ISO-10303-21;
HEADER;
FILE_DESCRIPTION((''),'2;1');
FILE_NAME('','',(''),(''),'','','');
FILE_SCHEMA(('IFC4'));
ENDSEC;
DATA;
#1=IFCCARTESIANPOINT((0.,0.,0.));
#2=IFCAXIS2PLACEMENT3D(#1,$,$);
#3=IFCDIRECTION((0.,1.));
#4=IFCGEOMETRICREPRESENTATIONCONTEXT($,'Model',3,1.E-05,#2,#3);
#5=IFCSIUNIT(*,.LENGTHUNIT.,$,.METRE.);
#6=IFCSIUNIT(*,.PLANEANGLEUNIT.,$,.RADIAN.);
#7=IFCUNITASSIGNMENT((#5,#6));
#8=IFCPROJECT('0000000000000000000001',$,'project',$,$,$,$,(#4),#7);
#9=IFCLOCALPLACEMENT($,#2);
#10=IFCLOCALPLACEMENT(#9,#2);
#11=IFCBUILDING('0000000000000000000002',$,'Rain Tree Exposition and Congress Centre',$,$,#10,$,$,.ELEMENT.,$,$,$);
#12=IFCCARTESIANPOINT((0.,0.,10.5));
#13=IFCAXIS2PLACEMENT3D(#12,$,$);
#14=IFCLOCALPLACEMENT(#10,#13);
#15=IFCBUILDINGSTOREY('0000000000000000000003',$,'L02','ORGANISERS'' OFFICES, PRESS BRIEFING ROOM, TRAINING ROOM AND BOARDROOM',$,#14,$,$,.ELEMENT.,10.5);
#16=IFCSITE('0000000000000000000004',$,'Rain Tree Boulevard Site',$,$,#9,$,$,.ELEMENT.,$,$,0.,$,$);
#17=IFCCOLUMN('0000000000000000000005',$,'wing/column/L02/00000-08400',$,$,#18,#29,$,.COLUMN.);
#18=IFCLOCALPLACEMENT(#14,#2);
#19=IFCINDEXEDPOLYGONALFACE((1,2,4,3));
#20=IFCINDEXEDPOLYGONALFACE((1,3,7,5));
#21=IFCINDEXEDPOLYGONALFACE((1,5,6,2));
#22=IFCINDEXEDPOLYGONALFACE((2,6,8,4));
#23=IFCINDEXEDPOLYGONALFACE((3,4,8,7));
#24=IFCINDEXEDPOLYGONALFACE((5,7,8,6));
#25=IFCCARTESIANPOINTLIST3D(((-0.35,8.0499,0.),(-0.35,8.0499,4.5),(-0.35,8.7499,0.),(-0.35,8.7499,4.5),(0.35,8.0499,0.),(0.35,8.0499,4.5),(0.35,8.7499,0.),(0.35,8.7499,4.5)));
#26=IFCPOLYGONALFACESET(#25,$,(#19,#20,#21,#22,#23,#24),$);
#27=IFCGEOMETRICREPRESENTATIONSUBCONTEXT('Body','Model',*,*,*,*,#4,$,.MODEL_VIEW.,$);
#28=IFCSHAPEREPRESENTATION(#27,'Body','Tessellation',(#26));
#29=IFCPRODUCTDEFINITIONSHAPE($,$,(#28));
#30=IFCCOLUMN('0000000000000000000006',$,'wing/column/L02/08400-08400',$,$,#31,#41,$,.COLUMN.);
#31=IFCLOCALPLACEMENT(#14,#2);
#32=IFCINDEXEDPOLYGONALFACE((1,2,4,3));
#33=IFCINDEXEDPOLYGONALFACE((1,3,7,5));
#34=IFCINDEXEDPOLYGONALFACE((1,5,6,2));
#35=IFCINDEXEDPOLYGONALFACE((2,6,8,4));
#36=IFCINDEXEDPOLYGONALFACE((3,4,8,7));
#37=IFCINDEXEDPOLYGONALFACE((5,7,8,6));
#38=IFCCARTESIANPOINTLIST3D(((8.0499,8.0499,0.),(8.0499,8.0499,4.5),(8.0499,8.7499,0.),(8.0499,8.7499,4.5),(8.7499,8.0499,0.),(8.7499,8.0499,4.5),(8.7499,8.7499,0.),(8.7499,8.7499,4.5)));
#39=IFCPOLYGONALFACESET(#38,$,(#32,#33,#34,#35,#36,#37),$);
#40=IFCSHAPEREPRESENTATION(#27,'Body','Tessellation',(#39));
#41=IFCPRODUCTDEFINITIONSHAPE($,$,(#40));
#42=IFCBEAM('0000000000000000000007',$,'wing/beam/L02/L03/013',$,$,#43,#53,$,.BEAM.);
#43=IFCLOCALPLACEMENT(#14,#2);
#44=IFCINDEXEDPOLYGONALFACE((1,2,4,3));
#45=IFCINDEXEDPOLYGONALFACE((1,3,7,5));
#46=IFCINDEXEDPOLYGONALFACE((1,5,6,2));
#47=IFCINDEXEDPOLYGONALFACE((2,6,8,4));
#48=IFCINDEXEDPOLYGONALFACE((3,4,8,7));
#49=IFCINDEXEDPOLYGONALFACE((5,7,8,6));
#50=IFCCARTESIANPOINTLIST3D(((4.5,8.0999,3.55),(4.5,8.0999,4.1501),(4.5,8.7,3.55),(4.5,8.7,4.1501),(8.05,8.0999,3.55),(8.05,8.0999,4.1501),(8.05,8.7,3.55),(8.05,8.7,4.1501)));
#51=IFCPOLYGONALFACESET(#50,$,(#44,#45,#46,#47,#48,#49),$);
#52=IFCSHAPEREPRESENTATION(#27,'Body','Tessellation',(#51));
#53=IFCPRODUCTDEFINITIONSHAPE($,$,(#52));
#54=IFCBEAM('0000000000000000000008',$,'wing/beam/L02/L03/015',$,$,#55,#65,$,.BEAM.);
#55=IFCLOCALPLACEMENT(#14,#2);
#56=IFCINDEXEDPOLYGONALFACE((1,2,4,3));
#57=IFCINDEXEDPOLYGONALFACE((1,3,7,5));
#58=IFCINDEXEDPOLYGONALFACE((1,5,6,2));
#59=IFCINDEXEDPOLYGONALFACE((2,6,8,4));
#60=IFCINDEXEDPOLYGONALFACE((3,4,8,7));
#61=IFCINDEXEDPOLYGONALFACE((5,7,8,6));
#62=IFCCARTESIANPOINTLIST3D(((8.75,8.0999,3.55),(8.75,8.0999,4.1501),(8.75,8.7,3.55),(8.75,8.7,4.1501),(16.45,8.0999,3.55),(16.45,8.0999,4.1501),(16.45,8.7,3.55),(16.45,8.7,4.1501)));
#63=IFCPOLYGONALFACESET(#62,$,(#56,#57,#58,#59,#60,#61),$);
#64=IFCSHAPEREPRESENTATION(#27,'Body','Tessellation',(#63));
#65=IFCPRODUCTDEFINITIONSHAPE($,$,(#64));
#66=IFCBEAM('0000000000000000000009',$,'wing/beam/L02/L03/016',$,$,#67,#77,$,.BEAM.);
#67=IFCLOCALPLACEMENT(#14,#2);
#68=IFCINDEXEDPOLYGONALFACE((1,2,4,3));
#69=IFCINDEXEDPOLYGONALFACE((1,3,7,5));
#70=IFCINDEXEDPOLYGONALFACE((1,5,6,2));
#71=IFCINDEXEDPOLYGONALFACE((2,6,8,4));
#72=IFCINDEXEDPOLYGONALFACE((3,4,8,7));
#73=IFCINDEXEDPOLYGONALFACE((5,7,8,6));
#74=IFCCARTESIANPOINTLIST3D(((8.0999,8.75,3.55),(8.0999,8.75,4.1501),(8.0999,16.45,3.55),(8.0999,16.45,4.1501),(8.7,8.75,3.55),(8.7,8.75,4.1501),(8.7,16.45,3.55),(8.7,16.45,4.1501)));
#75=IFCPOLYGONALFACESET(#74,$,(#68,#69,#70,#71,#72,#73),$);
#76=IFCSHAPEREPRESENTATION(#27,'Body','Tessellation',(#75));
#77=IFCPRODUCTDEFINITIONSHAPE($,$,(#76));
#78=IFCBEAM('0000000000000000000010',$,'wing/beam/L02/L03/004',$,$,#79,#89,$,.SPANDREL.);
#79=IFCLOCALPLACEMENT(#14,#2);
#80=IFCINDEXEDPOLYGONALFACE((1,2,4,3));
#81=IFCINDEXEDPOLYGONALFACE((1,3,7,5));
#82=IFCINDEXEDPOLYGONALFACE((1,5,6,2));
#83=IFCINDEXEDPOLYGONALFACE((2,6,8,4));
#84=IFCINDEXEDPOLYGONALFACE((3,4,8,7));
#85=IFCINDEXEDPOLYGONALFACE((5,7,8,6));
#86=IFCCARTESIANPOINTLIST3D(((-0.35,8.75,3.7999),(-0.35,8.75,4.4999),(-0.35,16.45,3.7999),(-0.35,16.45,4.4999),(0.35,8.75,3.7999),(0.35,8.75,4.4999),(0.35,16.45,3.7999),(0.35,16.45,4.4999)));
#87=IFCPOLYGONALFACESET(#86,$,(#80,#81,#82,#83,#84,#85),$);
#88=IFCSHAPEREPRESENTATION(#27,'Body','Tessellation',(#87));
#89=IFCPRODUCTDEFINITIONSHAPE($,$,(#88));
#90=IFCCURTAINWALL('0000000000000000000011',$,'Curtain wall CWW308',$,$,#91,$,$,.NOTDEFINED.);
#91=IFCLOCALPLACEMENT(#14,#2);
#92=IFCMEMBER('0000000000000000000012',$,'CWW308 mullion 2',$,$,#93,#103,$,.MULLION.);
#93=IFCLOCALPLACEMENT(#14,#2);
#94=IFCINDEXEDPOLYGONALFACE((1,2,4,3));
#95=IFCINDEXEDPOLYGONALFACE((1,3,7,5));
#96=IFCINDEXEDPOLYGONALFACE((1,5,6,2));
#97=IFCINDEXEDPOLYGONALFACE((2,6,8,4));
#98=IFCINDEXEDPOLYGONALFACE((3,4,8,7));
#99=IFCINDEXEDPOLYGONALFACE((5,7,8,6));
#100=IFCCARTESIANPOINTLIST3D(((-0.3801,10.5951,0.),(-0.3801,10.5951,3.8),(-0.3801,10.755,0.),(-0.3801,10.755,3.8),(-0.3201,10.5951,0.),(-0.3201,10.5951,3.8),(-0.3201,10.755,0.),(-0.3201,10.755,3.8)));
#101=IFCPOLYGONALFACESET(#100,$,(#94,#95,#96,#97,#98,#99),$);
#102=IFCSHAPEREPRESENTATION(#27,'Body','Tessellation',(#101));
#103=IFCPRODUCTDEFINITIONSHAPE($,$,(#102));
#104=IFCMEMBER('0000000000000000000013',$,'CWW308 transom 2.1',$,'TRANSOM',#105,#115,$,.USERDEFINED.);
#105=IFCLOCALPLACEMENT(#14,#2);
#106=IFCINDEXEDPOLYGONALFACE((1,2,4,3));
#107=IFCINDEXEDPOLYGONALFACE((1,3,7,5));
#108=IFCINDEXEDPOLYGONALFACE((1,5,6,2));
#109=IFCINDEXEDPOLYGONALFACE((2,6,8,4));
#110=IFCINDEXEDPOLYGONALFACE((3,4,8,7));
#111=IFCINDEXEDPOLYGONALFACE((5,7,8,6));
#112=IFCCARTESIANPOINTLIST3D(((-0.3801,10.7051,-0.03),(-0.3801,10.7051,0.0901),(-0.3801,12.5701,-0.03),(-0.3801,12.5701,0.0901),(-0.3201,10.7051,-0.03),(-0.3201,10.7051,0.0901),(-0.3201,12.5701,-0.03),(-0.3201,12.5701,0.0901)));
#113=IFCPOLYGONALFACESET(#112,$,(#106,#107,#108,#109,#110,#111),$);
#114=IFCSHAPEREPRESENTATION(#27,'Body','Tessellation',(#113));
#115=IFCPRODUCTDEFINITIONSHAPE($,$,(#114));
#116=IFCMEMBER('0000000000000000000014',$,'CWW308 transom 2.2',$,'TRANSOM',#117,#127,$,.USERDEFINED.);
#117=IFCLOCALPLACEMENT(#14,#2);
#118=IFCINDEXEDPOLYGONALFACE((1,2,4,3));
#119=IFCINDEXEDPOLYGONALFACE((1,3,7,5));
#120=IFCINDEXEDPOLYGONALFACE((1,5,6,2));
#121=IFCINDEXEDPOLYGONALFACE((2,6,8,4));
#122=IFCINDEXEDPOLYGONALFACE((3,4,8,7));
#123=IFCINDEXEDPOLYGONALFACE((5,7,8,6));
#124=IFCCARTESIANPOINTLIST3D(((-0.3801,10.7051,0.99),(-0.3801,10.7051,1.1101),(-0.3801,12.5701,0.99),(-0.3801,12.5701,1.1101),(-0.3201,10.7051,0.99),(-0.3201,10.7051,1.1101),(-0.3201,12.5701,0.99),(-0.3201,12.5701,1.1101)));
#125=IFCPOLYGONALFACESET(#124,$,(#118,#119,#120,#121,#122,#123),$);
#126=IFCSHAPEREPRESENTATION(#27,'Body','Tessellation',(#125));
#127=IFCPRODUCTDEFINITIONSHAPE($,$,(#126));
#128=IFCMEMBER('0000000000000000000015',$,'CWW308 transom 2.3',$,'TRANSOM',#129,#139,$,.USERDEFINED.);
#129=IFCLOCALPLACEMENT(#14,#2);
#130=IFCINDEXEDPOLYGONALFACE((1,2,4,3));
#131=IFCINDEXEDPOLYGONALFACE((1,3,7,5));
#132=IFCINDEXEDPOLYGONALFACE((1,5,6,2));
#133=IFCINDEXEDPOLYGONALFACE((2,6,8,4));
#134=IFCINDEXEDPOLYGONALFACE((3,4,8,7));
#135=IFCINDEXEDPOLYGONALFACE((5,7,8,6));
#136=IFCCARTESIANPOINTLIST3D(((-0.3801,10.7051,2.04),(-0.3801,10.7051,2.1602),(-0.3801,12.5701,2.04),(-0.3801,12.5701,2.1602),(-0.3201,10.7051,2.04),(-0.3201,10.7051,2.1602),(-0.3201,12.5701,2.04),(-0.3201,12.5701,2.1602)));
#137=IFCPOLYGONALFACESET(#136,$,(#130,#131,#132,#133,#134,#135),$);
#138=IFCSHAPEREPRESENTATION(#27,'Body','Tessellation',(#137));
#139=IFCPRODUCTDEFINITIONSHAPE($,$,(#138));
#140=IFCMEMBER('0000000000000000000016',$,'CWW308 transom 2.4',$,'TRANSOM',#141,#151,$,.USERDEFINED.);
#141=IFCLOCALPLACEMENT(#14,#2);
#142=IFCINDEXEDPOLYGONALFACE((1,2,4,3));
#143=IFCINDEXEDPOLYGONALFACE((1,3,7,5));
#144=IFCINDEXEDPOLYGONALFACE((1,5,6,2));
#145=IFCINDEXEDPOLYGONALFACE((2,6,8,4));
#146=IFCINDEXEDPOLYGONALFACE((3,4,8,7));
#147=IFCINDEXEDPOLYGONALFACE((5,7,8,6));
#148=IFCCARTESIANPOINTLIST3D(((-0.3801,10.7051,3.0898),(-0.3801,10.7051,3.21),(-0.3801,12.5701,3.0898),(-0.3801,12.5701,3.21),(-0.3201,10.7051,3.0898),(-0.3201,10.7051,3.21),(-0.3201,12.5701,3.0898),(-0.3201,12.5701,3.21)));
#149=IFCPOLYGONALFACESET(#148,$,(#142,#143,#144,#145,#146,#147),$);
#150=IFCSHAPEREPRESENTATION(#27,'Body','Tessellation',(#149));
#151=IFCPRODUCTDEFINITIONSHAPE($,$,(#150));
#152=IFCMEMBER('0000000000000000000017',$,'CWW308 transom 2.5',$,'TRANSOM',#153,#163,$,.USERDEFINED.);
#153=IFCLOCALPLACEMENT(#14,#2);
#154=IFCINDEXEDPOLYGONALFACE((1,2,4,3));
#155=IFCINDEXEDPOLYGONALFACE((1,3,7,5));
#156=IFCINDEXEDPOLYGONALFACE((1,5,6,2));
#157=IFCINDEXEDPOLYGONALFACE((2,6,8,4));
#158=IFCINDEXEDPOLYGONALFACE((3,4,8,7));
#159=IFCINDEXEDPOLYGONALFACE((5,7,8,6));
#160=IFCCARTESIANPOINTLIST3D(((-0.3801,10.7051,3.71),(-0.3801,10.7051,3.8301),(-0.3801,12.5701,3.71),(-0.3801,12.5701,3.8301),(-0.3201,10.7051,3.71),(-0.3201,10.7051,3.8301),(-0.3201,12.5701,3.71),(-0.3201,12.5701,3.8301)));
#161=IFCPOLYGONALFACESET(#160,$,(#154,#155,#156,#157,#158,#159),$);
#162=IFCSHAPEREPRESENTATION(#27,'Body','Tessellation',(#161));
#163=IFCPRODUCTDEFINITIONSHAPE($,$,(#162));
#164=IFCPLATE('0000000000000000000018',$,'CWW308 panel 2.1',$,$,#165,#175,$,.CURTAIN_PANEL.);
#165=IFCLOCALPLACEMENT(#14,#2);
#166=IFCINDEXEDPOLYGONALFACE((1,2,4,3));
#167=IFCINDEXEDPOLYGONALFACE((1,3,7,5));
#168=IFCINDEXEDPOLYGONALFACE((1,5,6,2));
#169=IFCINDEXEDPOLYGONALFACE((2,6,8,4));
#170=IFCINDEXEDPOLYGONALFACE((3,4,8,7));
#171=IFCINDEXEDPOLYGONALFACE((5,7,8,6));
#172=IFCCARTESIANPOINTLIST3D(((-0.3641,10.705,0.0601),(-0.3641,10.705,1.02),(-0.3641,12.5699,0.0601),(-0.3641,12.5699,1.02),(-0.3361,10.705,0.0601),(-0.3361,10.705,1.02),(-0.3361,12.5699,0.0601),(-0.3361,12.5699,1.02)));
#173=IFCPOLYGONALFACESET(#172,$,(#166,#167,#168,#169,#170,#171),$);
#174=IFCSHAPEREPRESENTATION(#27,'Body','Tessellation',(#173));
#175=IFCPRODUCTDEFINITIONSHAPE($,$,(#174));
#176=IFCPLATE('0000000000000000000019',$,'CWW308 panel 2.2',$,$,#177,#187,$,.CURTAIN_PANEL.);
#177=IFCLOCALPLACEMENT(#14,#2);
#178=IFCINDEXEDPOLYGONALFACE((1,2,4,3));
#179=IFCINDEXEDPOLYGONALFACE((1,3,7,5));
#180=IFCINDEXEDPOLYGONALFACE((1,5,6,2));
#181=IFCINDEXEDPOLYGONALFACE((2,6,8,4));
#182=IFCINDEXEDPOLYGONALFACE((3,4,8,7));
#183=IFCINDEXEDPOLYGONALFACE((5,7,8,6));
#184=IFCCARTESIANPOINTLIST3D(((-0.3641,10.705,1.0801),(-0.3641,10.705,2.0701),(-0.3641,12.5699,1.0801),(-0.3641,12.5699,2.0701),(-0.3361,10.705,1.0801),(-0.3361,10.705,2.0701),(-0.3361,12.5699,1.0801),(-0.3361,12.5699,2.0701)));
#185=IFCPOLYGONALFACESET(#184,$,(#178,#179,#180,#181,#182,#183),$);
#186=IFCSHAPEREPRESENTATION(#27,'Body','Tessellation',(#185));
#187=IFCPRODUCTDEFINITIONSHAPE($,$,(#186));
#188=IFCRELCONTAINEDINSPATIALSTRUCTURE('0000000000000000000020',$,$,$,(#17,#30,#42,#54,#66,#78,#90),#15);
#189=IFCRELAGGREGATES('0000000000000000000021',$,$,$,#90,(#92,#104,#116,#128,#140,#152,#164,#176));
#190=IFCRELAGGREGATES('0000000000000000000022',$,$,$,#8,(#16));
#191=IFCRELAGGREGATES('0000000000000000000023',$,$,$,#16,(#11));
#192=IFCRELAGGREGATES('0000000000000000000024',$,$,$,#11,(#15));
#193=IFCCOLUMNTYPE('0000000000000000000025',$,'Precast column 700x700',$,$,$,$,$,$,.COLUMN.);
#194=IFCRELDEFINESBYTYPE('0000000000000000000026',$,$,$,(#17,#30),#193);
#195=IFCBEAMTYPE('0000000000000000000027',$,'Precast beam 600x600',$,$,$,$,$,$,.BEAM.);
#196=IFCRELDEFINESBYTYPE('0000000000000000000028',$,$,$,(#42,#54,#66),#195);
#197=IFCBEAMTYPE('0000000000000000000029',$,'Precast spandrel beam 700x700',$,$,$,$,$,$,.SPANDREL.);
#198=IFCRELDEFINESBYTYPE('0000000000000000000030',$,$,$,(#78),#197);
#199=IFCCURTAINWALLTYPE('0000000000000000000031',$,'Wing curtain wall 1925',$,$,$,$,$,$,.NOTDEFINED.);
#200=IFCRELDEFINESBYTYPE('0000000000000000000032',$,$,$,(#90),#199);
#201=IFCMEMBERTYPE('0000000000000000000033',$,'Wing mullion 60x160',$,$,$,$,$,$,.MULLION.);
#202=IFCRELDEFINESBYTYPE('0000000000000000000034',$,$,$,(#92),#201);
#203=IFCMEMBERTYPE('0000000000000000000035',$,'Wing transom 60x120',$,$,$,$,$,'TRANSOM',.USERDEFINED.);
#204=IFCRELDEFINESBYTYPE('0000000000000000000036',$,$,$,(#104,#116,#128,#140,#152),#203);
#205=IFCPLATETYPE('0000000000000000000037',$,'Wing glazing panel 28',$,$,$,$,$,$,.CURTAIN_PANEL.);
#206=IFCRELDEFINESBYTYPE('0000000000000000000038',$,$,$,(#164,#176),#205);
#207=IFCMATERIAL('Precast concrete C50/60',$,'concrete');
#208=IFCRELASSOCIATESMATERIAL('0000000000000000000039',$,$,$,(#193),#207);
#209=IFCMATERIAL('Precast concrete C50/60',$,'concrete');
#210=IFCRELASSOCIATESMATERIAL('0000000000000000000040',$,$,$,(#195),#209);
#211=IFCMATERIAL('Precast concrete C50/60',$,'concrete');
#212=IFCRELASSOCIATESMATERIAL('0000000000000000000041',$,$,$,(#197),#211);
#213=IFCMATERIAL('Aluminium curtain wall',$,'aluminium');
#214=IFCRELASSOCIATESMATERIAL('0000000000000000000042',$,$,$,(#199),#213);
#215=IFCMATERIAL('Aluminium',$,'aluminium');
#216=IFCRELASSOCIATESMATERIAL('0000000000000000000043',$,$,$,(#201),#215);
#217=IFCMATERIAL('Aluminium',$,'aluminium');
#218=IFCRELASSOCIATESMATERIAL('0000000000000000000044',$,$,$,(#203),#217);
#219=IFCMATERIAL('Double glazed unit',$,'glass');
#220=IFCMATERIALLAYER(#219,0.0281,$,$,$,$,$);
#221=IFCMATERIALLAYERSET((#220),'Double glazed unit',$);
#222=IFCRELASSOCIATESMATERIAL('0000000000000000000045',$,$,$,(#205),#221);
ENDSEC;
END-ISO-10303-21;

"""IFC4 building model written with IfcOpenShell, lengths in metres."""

from ifc_helpers import new_model, si_unit, direction, frame, origin, origin_2d, place, context, subcontext, project, spatial, rectangle, extrude, material, layer, layer_set, material_profile, profile_set, type_object, element, aggregate, save


model = new_model("IFC4")

# Units and contexts
model_context = context("Model", 3, precision=1e-05, world=origin(), true_north=direction((0.0, 1.0)))
body_context = subcontext(model_context, "Body", "Model", "MODEL_VIEW")
ifc_project = project(units=[si_unit("LENGTHUNIT", "METRE"), si_unit("PLANEANGLEUNIT", "RADIAN")], contexts=[model_context])

# Site, building, storey
site_placement = place(None, origin())
site = spatial("IfcSite", under=ifc_project, at=site_placement, Name="Rain Tree Boulevard Site", CompositionType="ELEMENT", RefElevation=0.0)
building_placement = place(site_placement, origin())
building = spatial("IfcBuilding", under=site, at=building_placement, Name="Rain Tree Exposition and Congress Centre", CompositionType="ELEMENT")
storey_placement = place(building_placement, frame((0.0, 0.0, 10.5)))
storey = spatial("IfcBuildingStorey", under=building, at=storey_placement, Name="L02", Description="ORGANISERS' OFFICES, PRESS BRIEFING ROOM, TRAINING ROOM AND BOARDROOM", CompositionType="ELEMENT", Elevation=10.5)

# Columns
ifc_material_1 = material(Name="Precast concrete C50/60", Category="concrete")
ifc_material_profile_1 = material_profile(ifc_material_1, rectangle(XDim=0.7, YDim=0.7, at=origin_2d()), Name="RC 700x700")
ifc_profile_set_1 = profile_set([ifc_material_profile_1], Name="Precast concrete C50/60")
column_type = type_object("IfcColumnType", Name="Precast column 700x700", PredefinedType="COLUMN", material=ifc_profile_set_1)
for number, where, z_axis, x_axis, name in (
    (1, (0.0, 8.3999, 0.0), (0.0, 0.0, 1.0), (1.0, 0.0, 0.0), "wing/column/L02/00000-08400"),
    (2, (8.3999, 8.3999, 0.0), (0.0, 0.0, 1.0), (1.0, 0.0, 0.0), "wing/column/L02/08400-08400"),
):
    element("IfcColumn", number, at=place(storey_placement, frame(where, z_axis=z_axis, x_axis=x_axis)), inside=storey, type_object=column_type, Name=name, PredefinedType="COLUMN", context=body_context, shape_type="SweptSolid", body=[
        extrude(rectangle(XDim=0.7, YDim=0.7, at=origin_2d()), origin(), (0.0, 0.0, 1.0), 4.5),
    ])

# Beams
ifc_material_2 = material(Name="Precast concrete C50/60", Category="concrete")
ifc_material_profile_2 = material_profile(ifc_material_2, rectangle(XDim=0.6001, YDim=0.6001, at=origin_2d()), Name="RC 600x600")
ifc_profile_set_2 = profile_set([ifc_material_profile_2], Name="Precast concrete C50/60")
beam_type_1 = type_object("IfcBeamType", Name="Precast beam 600x600", PredefinedType="BEAM", material=ifc_profile_set_2)
beam_1_placement = place(storey_placement, frame((4.5, 8.3999, 3.8501), z_axis=(1.0, 0.0, 0.0), x_axis=(0.0, 1.0, 0.0)))
element("IfcBeam", 3, at=beam_1_placement, inside=storey, type_object=beam_type_1, Name="wing/beam/L02/L03/013", PredefinedType="BEAM", context=body_context, shape_type="SweptSolid", body=[
    extrude(rectangle(XDim=0.6001, YDim=0.6001, at=origin_2d()), origin(), (0.0, 0.0, 1.0), 3.55),
])
for number, where, z_axis, x_axis, name in (
    (4, (8.75, 8.3999, 3.8501), (1.0, 0.0, 0.0), (0.0, 1.0, 0.0), "wing/beam/L02/L03/015"),
    (5, (8.3999, 8.75, 3.8501), (0.0, 1.0, 0.0), (-1.0, 0.0, 0.0), "wing/beam/L02/L03/016"),
):
    element("IfcBeam", number, at=place(storey_placement, frame(where, z_axis=z_axis, x_axis=x_axis)), inside=storey, type_object=beam_type_1, Name=name, PredefinedType="BEAM", context=body_context, shape_type="SweptSolid", body=[
        extrude(rectangle(XDim=0.6001, YDim=0.6001, at=origin_2d()), origin(), (0.0, 0.0, 1.0), 7.7),
    ])
ifc_material_3 = material(Name="Precast concrete C50/60", Category="concrete")
ifc_material_profile_3 = material_profile(ifc_material_3, rectangle(XDim=0.7, YDim=0.7, at=origin_2d()), Name="RC 700x700")
ifc_profile_set_3 = profile_set([ifc_material_profile_3], Name="Precast concrete C50/60")
beam_type_2 = type_object("IfcBeamType", Name="Precast spandrel beam 700x700", PredefinedType="SPANDREL", material=ifc_profile_set_3)
beam_2_placement = place(storey_placement, frame((0.0, 8.75, 4.1499), z_axis=(0.0, 1.0, 0.0), x_axis=(-1.0, 0.0, 0.0)))
element("IfcBeam", 6, at=beam_2_placement, inside=storey, type_object=beam_type_2, Name="wing/beam/L02/L03/004", PredefinedType="SPANDREL", context=body_context, shape_type="SweptSolid", body=[
    extrude(rectangle(XDim=0.7, YDim=0.7, at=origin_2d()), origin(), (0.0, 0.0, 1.0), 7.7),
])

# Curtain wall, members, plates
ifc_material_4 = material(Name="Aluminium curtain wall", Category="aluminium")
curtain_wall_type = type_object("IfcCurtainWallType", Name="Wing curtain wall 1925", PredefinedType="NOTDEFINED", material=ifc_material_4)
curtain_wall_placement = place(storey_placement, origin())
curtain_wall = element("IfcCurtainWall", 7, at=curtain_wall_placement, inside=storey, type_object=curtain_wall_type, Name="Curtain wall CWW308", PredefinedType="NOTDEFINED")
ifc_material_5 = material(Name="Aluminium", Category="aluminium")
ifc_material_profile_4 = material_profile(ifc_material_5, rectangle(XDim=0.0601, YDim=0.1599, at=origin_2d()), Name="Aluminium 60x160")
ifc_profile_set_4 = profile_set([ifc_material_profile_4], Name="Aluminium")
member_type_1 = type_object("IfcMemberType", Name="Wing mullion 60x160", PredefinedType="MULLION", material=ifc_profile_set_4)
member_1_placement = place(storey_placement, frame((-0.3501, 10.675, 0.0), z_axis=(0.0, 0.0, 1.0), x_axis=(-1.0, 0.0, 0.0)))
member_1 = element("IfcMember", 8, at=member_1_placement, type_object=member_type_1, Name="CWW308 mullion 2", PredefinedType="MULLION", context=body_context, shape_type="SweptSolid", body=[
    extrude(rectangle(XDim=0.0601, YDim=0.1599, at=origin_2d()), origin(), (0.0, 0.0, 1.0), 3.8),
])
ifc_material_6 = material(Name="Aluminium", Category="aluminium")
ifc_material_profile_5 = material_profile(ifc_material_6, rectangle(XDim=0.0601, YDim=0.1201, at=origin_2d()), Name="Aluminium 60x120")
ifc_profile_set_5 = profile_set([ifc_material_profile_5], Name="Aluminium")
member_type_2 = type_object("IfcMemberType", Name="Wing transom 60x120", ElementType="TRANSOM", PredefinedType="USERDEFINED", material=ifc_profile_set_5)
member_2_placement = place(storey_placement, frame((-0.3501, 10.7051, 0.03), z_axis=(0.0, 1.0, 0.0), x_axis=(-1.0, 0.0, 0.0)))
member_2 = element("IfcMember", 9, at=member_2_placement, type_object=member_type_2, Name="CWW308 transom 2.1", ObjectType="TRANSOM", PredefinedType="USERDEFINED", context=body_context, shape_type="SweptSolid", body=[
    extrude(rectangle(XDim=0.0601, YDim=0.1201, at=origin_2d()), origin(), (0.0, 0.0, 1.0), 1.865),
])
member_3_placement = place(storey_placement, frame((-0.3501, 10.7051, 1.05), z_axis=(0.0, 1.0, 0.0), x_axis=(-1.0, 0.0, 0.0)))
member_3 = element("IfcMember", 10, at=member_3_placement, type_object=member_type_2, Name="CWW308 transom 2.2", ObjectType="TRANSOM", PredefinedType="USERDEFINED", context=body_context, shape_type="SweptSolid", body=[
    extrude(rectangle(XDim=0.0601, YDim=0.1201, at=origin_2d()), origin(), (0.0, 0.0, 1.0), 1.865),
])
member_4_placement = place(storey_placement, frame((-0.3501, 10.7051, 2.1001), z_axis=(0.0, 1.0, 0.0), x_axis=(-1.0, 0.0, 0.0)))
member_4 = element("IfcMember", 11, at=member_4_placement, type_object=member_type_2, Name="CWW308 transom 2.3", ObjectType="TRANSOM", PredefinedType="USERDEFINED", context=body_context, shape_type="SweptSolid", body=[
    extrude(rectangle(XDim=0.0601, YDim=0.1201, at=origin_2d()), origin(), (0.0, 0.0, 1.0), 1.865),
])
member_5_placement = place(storey_placement, frame((-0.3501, 10.7051, 3.1499), z_axis=(0.0, 1.0, 0.0), x_axis=(-1.0, 0.0, 0.0)))
member_5 = element("IfcMember", 12, at=member_5_placement, type_object=member_type_2, Name="CWW308 transom 2.4", ObjectType="TRANSOM", PredefinedType="USERDEFINED", context=body_context, shape_type="SweptSolid", body=[
    extrude(rectangle(XDim=0.0601, YDim=0.1201, at=origin_2d()), origin(), (0.0, 0.0, 1.0), 1.865),
])
member_6_placement = place(storey_placement, frame((-0.3501, 10.7051, 3.77), z_axis=(0.0, 1.0, 0.0), x_axis=(-1.0, 0.0, 0.0)))
member_6 = element("IfcMember", 13, at=member_6_placement, type_object=member_type_2, Name="CWW308 transom 2.5", ObjectType="TRANSOM", PredefinedType="USERDEFINED", context=body_context, shape_type="SweptSolid", body=[
    extrude(rectangle(XDim=0.0601, YDim=0.1201, at=origin_2d()), origin(), (0.0, 0.0, 1.0), 1.865),
])
ifc_material_7 = material(Name="Double glazed unit", Category="glass")
ifc_layer_1 = layer(ifc_material_7, 0.0281)
ifc_layer_set_1 = layer_set([ifc_layer_1], Name="Double glazed unit")
plate_type = type_object("IfcPlateType", Name="Wing glazing panel 28", PredefinedType="CURTAIN_PANEL", material=ifc_layer_set_1)
plate_1_placement = place(storey_placement, frame((-0.3501, 11.6375, 0.0601), z_axis=(0.0, 0.0, 1.0), x_axis=(0.0, 1.0, 0.0)))
plate_1 = element("IfcPlate", 14, at=plate_1_placement, type_object=plate_type, Name="CWW308 panel 2.1", PredefinedType="CURTAIN_PANEL", context=body_context, shape_type="SweptSolid", body=[
    extrude(rectangle(XDim=1.865, YDim=0.0281, at=origin_2d()), origin(), (0.0, 0.0, 1.0), 0.96),
])
plate_2_placement = place(storey_placement, frame((-0.3501, 11.6375, 1.0801), z_axis=(0.0, 0.0, 1.0), x_axis=(0.0, 1.0, 0.0)))
plate_2 = element("IfcPlate", 15, at=plate_2_placement, type_object=plate_type, Name="CWW308 panel 2.2", PredefinedType="CURTAIN_PANEL", context=body_context, shape_type="SweptSolid", body=[
    extrude(rectangle(XDim=1.865, YDim=0.0281, at=origin_2d()), origin(), (0.0, 0.0, 1.0), 0.99),
])
aggregate(curtain_wall, [member_1, member_2, member_3, member_4, member_5, member_6, plate_1, plate_2])

save(model, "model.ifc")
